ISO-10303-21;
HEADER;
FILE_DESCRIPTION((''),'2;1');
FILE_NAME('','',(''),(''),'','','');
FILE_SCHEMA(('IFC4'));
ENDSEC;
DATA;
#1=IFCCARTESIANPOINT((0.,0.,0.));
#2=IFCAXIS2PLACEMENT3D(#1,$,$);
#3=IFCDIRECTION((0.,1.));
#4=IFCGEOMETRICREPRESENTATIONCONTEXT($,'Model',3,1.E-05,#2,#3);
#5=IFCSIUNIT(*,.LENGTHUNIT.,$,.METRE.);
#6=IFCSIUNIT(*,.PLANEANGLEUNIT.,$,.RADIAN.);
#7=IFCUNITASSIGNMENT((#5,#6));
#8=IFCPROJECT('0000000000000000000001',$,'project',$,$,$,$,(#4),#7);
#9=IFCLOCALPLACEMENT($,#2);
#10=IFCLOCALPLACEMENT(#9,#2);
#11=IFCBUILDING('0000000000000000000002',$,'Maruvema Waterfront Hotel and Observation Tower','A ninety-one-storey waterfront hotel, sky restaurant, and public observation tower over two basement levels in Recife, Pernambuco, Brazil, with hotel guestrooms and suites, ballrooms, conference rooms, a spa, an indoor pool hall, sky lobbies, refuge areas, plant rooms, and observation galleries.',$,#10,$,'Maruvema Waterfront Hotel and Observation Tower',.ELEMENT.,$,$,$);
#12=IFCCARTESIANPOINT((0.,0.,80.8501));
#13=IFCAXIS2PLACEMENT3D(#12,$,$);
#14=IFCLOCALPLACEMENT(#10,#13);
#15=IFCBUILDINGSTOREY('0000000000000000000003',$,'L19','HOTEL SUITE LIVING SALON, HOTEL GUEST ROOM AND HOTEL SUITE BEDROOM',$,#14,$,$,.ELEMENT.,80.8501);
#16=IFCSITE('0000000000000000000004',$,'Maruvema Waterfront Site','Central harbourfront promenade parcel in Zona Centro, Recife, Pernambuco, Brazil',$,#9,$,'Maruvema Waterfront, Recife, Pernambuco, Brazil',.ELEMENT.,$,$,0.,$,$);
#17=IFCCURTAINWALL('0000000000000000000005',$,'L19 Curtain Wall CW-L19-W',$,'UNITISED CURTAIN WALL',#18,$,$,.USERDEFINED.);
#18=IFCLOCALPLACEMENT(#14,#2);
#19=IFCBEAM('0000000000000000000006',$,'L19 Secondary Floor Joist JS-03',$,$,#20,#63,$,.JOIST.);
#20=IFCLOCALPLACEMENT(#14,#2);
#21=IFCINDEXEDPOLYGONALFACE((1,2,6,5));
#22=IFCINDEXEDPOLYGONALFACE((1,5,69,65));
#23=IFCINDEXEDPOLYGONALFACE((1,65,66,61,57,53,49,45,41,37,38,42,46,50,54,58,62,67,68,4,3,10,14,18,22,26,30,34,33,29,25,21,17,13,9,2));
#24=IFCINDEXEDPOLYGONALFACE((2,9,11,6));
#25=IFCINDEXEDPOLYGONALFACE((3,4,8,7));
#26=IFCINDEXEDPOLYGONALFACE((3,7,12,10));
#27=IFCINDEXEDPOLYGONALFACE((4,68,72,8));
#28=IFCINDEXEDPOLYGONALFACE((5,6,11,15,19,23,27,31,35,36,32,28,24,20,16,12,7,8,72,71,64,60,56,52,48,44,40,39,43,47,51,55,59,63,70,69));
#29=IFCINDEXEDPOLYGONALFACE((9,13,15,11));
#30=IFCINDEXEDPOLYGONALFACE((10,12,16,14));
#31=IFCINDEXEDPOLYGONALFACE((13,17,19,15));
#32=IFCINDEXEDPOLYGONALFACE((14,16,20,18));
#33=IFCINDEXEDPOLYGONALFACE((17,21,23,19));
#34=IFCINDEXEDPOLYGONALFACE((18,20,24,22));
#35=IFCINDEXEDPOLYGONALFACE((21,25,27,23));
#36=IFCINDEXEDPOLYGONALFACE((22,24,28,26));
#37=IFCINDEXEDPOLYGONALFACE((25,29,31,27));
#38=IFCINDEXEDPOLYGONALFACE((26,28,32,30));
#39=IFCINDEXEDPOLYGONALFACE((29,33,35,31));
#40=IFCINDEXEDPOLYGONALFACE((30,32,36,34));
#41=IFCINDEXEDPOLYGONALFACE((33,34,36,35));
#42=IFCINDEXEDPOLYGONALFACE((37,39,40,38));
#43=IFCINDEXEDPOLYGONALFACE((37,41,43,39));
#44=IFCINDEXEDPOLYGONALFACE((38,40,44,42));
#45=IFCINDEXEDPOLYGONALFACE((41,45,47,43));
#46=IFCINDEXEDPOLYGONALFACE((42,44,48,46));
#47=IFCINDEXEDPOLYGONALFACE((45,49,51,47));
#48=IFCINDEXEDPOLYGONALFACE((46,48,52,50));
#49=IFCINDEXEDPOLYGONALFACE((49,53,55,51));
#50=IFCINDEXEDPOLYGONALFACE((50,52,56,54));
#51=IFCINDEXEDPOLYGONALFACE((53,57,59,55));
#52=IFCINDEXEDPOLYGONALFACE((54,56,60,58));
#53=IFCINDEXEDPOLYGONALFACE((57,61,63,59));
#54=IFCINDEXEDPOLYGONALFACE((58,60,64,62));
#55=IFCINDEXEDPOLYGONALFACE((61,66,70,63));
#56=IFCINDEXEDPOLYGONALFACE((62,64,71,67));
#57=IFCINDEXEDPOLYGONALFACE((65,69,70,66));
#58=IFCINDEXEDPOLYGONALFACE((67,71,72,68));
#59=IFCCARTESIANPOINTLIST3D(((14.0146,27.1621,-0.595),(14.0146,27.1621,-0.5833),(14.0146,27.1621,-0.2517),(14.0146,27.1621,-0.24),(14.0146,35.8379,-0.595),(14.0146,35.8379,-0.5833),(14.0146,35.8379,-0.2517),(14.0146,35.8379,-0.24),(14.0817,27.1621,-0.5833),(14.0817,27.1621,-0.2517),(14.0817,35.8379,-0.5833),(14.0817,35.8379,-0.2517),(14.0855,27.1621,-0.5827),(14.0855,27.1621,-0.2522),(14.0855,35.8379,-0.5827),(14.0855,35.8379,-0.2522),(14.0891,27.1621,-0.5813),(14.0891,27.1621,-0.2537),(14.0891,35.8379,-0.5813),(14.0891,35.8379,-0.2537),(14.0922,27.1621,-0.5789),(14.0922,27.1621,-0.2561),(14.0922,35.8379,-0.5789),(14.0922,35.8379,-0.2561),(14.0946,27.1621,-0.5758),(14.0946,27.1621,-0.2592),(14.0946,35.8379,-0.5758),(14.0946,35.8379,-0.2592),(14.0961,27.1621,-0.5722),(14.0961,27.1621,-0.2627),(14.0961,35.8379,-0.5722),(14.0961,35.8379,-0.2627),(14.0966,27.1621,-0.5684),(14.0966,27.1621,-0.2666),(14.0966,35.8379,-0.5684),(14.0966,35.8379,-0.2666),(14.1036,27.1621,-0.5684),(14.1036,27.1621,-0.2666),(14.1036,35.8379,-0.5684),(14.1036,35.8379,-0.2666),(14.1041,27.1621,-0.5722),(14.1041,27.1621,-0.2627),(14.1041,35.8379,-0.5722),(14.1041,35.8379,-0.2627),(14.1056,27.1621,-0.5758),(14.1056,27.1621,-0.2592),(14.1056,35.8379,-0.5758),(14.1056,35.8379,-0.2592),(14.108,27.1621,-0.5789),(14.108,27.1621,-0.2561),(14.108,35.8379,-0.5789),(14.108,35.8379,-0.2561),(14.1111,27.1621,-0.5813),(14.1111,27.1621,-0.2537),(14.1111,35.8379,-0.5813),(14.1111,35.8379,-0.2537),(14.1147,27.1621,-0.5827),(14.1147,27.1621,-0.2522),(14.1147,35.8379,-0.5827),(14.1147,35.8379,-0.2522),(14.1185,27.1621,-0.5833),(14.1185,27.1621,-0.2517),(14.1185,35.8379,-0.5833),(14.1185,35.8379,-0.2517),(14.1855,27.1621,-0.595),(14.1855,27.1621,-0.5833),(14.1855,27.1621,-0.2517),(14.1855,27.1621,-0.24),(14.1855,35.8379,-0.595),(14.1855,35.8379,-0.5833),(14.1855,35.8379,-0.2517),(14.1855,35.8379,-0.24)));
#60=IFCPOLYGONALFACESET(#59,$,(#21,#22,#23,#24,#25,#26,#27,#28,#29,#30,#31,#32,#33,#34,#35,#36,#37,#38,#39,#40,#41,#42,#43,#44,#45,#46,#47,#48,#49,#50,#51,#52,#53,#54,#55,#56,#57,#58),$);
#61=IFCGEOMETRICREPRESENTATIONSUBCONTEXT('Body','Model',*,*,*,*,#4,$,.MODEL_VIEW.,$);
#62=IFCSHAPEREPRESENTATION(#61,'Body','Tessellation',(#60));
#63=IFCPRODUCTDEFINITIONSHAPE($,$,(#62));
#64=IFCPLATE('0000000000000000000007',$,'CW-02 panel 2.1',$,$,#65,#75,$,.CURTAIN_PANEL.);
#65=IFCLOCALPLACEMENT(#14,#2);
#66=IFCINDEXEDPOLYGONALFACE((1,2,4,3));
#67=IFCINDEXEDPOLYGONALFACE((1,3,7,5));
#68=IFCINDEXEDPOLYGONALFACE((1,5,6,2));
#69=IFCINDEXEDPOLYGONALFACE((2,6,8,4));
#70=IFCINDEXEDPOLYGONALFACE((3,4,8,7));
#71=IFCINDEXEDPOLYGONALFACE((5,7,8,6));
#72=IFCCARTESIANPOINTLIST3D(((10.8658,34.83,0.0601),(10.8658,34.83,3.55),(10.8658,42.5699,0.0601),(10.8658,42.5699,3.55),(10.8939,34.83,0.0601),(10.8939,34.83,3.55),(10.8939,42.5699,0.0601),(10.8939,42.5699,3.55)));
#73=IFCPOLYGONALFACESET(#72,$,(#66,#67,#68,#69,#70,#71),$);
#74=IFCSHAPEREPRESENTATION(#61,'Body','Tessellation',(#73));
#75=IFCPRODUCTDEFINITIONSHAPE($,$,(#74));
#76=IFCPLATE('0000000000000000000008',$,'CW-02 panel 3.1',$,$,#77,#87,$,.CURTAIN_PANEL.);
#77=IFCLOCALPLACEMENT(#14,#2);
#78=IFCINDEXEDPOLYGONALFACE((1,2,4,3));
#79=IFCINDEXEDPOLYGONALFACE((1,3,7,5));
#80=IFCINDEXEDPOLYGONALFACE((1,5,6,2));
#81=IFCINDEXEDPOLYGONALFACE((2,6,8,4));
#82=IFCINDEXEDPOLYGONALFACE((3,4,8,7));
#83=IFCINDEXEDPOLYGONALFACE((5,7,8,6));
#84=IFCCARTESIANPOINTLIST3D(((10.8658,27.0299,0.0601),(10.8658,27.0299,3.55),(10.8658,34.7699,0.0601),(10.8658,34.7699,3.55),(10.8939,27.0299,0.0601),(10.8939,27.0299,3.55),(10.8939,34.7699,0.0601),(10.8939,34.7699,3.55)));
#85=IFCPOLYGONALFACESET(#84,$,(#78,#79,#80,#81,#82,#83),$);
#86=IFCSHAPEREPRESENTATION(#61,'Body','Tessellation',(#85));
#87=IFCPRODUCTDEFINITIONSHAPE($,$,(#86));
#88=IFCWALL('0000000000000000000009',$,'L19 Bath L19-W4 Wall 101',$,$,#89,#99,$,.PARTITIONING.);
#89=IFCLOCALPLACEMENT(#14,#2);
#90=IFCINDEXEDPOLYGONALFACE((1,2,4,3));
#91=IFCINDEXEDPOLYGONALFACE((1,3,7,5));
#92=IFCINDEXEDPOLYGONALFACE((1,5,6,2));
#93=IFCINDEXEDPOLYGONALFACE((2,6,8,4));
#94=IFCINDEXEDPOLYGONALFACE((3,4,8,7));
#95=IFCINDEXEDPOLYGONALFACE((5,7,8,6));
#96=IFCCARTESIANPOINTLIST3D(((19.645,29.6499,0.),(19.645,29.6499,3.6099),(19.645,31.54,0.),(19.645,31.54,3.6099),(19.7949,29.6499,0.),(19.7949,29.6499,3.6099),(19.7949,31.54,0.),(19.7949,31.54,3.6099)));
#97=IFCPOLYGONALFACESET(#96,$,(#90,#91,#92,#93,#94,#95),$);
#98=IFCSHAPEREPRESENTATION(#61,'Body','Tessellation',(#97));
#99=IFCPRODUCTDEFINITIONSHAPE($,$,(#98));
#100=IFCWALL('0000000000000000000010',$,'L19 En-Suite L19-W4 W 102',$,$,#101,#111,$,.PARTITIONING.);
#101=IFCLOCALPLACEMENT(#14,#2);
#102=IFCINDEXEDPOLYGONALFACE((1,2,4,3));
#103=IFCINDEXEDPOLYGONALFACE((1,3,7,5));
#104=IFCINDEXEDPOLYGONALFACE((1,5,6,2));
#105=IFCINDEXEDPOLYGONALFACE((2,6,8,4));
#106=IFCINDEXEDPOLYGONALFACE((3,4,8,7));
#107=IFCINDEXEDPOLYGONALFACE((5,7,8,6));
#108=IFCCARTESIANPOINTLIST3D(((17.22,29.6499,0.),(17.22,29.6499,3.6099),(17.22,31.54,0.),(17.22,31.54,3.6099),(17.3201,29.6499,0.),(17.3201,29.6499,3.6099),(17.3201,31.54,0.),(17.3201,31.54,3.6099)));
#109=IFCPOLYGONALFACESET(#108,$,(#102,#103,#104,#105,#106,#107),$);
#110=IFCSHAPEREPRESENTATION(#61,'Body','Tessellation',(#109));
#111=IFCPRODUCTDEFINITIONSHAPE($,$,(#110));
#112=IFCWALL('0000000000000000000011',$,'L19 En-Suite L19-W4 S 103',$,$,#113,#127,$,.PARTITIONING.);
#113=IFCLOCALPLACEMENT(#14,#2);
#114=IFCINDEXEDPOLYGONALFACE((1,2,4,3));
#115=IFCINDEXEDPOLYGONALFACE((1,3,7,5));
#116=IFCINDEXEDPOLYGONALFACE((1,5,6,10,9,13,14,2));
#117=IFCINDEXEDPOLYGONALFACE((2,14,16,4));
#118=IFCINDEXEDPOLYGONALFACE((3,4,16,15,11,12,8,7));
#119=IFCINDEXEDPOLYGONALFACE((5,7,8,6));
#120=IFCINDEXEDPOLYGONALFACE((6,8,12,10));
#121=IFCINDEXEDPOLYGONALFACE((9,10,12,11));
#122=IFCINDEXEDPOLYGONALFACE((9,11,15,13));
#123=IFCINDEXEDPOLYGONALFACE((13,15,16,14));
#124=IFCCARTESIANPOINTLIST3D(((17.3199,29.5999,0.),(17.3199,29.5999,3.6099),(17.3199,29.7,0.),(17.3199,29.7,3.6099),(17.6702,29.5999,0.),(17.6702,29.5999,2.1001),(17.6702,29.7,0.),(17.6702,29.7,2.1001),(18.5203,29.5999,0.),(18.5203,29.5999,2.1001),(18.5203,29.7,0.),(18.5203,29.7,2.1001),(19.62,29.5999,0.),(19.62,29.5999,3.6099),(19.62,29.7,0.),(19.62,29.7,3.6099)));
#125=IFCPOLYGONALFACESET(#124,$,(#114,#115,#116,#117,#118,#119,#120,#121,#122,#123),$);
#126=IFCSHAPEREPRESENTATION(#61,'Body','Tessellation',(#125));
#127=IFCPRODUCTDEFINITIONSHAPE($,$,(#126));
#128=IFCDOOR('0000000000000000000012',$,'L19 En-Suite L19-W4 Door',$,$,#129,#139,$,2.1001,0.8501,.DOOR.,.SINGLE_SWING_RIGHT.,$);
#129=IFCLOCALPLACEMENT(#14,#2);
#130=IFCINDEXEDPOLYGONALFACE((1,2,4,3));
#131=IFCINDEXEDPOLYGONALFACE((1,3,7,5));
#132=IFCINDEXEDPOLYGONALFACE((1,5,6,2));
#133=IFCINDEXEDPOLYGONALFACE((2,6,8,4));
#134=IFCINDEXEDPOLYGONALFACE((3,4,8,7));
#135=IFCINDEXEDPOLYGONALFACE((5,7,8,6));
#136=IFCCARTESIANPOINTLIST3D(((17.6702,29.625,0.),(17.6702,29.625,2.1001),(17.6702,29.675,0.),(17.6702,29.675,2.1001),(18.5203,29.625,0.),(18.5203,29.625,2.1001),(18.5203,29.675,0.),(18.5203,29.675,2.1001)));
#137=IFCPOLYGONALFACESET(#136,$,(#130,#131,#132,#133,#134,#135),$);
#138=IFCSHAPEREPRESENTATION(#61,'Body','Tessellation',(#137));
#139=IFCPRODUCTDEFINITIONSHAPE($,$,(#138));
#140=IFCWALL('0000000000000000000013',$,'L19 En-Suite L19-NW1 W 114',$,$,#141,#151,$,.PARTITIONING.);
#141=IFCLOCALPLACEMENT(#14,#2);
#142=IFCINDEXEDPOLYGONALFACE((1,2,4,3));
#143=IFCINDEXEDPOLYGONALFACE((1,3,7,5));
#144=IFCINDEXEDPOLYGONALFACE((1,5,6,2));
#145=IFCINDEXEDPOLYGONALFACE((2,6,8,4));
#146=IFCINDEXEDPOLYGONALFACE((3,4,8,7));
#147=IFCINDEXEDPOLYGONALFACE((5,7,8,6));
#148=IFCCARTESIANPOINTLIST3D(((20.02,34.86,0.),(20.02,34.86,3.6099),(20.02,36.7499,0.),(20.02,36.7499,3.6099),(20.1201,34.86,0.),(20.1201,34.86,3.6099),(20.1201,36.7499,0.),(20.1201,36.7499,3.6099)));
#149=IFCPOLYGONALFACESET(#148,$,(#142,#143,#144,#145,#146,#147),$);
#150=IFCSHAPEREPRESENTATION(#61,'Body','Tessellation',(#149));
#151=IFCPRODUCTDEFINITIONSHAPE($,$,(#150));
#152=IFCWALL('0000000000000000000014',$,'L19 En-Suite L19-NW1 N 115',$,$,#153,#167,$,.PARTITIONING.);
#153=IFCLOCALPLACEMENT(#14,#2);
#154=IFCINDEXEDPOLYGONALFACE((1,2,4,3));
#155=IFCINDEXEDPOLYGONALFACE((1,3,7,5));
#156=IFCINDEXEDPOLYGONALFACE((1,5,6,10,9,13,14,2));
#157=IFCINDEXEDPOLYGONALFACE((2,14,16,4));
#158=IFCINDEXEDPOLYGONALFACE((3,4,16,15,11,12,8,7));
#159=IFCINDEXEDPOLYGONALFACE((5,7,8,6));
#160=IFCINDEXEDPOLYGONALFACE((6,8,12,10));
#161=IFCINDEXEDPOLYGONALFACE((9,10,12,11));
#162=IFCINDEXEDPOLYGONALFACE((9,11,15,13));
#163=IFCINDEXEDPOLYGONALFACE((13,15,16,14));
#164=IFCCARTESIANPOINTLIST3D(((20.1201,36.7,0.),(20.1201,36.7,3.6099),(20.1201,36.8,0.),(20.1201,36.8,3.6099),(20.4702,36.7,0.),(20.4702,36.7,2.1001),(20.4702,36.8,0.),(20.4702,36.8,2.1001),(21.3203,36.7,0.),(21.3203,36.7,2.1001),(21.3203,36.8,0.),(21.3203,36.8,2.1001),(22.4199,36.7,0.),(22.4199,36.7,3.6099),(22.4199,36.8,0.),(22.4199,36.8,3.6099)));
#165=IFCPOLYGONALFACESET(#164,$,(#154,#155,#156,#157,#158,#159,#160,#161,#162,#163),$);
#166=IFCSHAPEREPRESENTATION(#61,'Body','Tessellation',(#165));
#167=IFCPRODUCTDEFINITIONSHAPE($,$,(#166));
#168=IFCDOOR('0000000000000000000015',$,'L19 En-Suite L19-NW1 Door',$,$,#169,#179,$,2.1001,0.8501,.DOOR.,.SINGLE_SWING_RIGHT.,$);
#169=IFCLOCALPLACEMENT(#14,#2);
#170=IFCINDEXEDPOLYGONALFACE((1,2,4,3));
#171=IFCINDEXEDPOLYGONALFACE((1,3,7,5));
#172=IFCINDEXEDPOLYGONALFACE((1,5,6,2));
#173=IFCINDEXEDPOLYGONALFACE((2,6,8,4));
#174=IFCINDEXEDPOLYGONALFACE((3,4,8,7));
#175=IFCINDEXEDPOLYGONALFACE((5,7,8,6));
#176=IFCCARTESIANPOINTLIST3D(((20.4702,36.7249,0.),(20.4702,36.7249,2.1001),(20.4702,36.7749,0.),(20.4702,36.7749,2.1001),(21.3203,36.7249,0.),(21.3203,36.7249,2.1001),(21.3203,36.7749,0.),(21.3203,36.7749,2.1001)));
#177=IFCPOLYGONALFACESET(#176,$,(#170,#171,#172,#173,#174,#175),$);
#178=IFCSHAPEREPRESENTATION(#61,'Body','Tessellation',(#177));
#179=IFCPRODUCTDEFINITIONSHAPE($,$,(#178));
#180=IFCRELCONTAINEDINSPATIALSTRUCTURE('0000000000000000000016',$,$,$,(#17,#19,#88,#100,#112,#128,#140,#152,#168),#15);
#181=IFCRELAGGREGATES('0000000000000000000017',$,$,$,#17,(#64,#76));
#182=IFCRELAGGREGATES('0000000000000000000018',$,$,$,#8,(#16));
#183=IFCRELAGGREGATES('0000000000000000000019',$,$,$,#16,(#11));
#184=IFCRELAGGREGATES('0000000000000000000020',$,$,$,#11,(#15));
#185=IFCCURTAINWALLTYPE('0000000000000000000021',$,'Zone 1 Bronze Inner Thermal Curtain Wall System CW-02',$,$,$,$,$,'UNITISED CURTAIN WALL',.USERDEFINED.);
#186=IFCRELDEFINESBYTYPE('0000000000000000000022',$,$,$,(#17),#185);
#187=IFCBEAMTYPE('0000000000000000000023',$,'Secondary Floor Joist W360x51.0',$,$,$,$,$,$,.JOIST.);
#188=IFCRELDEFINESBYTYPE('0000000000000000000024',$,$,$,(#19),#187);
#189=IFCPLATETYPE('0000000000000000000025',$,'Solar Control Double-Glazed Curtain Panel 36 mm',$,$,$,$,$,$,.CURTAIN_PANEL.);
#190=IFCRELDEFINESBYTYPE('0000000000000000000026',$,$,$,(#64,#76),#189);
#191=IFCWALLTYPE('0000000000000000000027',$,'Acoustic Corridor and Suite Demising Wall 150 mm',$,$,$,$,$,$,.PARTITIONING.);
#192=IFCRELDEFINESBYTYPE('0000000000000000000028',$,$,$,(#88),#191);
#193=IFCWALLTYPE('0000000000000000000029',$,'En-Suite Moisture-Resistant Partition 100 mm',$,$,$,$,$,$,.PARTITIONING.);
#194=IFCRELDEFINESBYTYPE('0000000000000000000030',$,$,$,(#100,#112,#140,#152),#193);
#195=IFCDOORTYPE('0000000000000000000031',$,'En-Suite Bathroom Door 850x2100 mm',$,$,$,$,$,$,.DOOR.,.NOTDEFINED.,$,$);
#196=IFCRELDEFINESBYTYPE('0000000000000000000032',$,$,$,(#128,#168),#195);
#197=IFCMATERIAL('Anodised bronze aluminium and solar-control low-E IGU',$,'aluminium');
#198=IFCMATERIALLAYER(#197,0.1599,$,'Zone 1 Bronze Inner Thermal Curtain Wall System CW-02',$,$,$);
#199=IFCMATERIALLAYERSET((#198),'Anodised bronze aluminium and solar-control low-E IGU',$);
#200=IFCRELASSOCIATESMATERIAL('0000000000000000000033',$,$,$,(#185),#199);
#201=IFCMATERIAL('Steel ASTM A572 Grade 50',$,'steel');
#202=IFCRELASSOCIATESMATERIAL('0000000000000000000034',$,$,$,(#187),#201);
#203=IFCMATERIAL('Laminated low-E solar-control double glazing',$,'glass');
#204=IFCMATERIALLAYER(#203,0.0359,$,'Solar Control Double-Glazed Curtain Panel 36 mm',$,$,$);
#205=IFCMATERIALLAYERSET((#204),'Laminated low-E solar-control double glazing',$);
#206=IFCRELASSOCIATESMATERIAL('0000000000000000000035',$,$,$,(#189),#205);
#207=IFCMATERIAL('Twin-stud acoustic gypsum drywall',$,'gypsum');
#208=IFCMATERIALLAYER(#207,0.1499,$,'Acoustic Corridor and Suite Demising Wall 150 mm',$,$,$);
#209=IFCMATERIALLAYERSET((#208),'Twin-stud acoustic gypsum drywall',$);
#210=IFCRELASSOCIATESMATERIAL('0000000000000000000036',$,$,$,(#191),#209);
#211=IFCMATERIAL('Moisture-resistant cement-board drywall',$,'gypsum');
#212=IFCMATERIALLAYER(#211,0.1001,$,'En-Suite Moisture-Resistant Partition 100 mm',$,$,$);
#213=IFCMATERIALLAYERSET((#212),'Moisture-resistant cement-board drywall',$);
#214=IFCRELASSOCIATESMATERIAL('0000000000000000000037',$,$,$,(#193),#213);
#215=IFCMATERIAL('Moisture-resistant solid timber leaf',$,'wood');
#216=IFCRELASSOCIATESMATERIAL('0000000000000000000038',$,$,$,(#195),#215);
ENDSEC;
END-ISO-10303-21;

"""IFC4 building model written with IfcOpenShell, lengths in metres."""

from ifc_helpers import new_model, si_unit, direction, frame, frame_2d, origin, origin_2d, place, context, subcontext, project, spatial, rectangle, i_section, extrude, material, layer, layer_set, material_profile, profile_set, type_object, element, fill, aggregate, save


model = new_model("IFC4")

# Units and contexts
model_context = context("Model", 3, precision=1e-05, world=origin(), true_north=direction((0.0, 1.0)))
body_context = subcontext(model_context, "Body", "Model", "MODEL_VIEW")
ifc_project = project(units=[si_unit("LENGTHUNIT", "METRE"), si_unit("PLANEANGLEUNIT", "RADIAN")], contexts=[model_context])

# Site, building, storey
site_placement = place(None, origin())
site = spatial("IfcSite", under=ifc_project, at=site_placement, Name="Maruvema Waterfront Site", Description="Central harbourfront promenade parcel in Zona Centro, Recife, Pernambuco, Brazil", LongName="Maruvema Waterfront, Recife, Pernambuco, Brazil", CompositionType="ELEMENT", RefElevation=0.0)
building_placement = place(site_placement, origin())
building = spatial("IfcBuilding", under=site, at=building_placement, Name="Maruvema Waterfront Hotel and Observation Tower", Description="A ninety-one-storey waterfront hotel, sky restaurant, and public observation tower over two basement levels in Recife, Pernambuco, Brazil, with hotel guestrooms and suites, ballrooms, conference rooms, a spa, an indoor pool hall, sky lobbies, refuge areas, plant rooms, and observation galleries.", LongName="Maruvema Waterfront Hotel and Observation Tower", CompositionType="ELEMENT")
storey_placement = place(building_placement, frame((0.0, 0.0, 80.8501)))
storey = spatial("IfcBuildingStorey", under=building, at=storey_placement, Name="L19", Description="HOTEL SUITE LIVING SALON, HOTEL GUEST ROOM AND HOTEL SUITE BEDROOM", CompositionType="ELEMENT", Elevation=80.8501)

# Curtain wall
ifc_material_1 = material(Name="Anodised bronze aluminium and solar-control low-E IGU", Category="aluminium")
ifc_layer_1 = layer(ifc_material_1, 0.1599, Name="Zone 1 Bronze Inner Thermal Curtain Wall System CW-02")
ifc_layer_set_1 = layer_set([ifc_layer_1], Name="Anodised bronze aluminium and solar-control low-E IGU")
curtain_wall_type = type_object("IfcCurtainWallType", Name="Zone 1 Bronze Inner Thermal Curtain Wall System CW-02", ElementType="UNITISED CURTAIN WALL", PredefinedType="USERDEFINED", material=ifc_layer_set_1)
curtain_wall_placement = place(storey_placement, origin())
curtain_wall = element("IfcCurtainWall", 1, at=curtain_wall_placement, inside=storey, type_object=curtain_wall_type, Name="L19 Curtain Wall CW-L19-W", ObjectType="UNITISED CURTAIN WALL", PredefinedType="USERDEFINED")

# Beam
ifc_material_2 = material(Name="Steel ASTM A572 Grade 50", Category="steel")
ifc_material_profile_1 = material_profile(ifc_material_2, i_section(OverallWidth=0.1709, OverallDepth=0.355, WebThickness=0.0071, FlangeThickness=0.0117, FilletRadius=0.0149, at=origin_2d()), Name="W360x51.0")
ifc_profile_set_1 = profile_set([ifc_material_profile_1], Name="Steel ASTM A572 Grade 50")
beam_type_1 = type_object("IfcBeamType", Name="Secondary Floor Joist W360x51.0", PredefinedType="JOIST", material=ifc_profile_set_1)
beam_1_placement = place(storey_placement, frame((14.1001, 27.1621, -0.4175), z_axis=(0.0, 1.0, 0.0), x_axis=(-1.0, 0.0, 0.0)))
element("IfcBeam", 2, at=beam_1_placement, inside=storey, type_object=beam_type_1, Name="L19 Secondary Floor Joist JS-03", PredefinedType="JOIST", context=body_context, shape_type="SweptSolid", body=[
    extrude(i_section(OverallWidth=0.1709, OverallDepth=0.355, WebThickness=0.0071, FlangeThickness=0.0117, FilletRadius=0.0149, at=origin_2d()), origin(), (0.0, 0.0, 1.0), 8.6758),
])

# Plates
ifc_material_3 = material(Name="Laminated low-E solar-control double glazing", Category="glass")
ifc_layer_2 = layer(ifc_material_3, 0.0359, Name="Solar Control Double-Glazed Curtain Panel 36 mm")
ifc_layer_set_2 = layer_set([ifc_layer_2], Name="Laminated low-E solar-control double glazing")
plate_type = type_object("IfcPlateType", Name="Solar Control Double-Glazed Curtain Panel 36 mm", PredefinedType="CURTAIN_PANEL", material=ifc_layer_set_2)
plate_1_placement = place(storey_placement, frame((10.8799, 38.7, 0.0601), z_axis=(0.0, 0.0, 1.0), x_axis=(0.0, -1.0, 0.0)))
plate_1 = element("IfcPlate", 3, at=plate_1_placement, type_object=plate_type, Name="CW-02 panel 2.1", PredefinedType="CURTAIN_PANEL", context=body_context, shape_type="SweptSolid", body=[
    extrude(rectangle(XDim=7.74, YDim=0.0281, at=origin_2d()), origin(), (0.0, 0.0, 1.0), 3.49),
])
plate_2_placement = place(storey_placement, frame((10.8799, 30.8999, 0.0601), z_axis=(0.0, 0.0, 1.0), x_axis=(0.0, -1.0, 0.0)))
plate_2 = element("IfcPlate", 4, at=plate_2_placement, type_object=plate_type, Name="CW-02 panel 3.1", PredefinedType="CURTAIN_PANEL", context=body_context, shape_type="SweptSolid", body=[
    extrude(rectangle(XDim=7.74, YDim=0.0281, at=origin_2d()), origin(), (0.0, 0.0, 1.0), 3.49),
])
aggregate(curtain_wall, [plate_1, plate_2])

# Shared definitions
ifc_material_4 = material(Name="Twin-stud acoustic gypsum drywall", Category="gypsum")
ifc_layer_3 = layer(ifc_material_4, 0.1499, Name="Acoustic Corridor and Suite Demising Wall 150 mm")
ifc_layer_set_3 = layer_set([ifc_layer_3], Name="Twin-stud acoustic gypsum drywall")
wall_type_1 = type_object("IfcWallType", Name="Acoustic Corridor and Suite Demising Wall 150 mm", PredefinedType="PARTITIONING", material=ifc_layer_set_3)

# Walls
wall_1_placement = place(storey_placement, frame((19.72, 29.6499, 0.0), z_axis=(0.0, 0.0, 1.0), x_axis=(0.0, 1.0, 0.0)))
element("IfcWall", 5, at=wall_1_placement, inside=storey, type_object=wall_type_1, Name="L19 Bath L19-W4 Wall 101", PredefinedType="PARTITIONING", context=body_context, shape_type="SweptSolid", body=[
    extrude(rectangle(XDim=1.8901, YDim=0.1499, at=frame_2d((0.9451, 0.0))), origin(), (0.0, 0.0, 1.0), 3.6099),
])
ifc_material_5 = material(Name="Moisture-resistant cement-board drywall", Category="gypsum")
ifc_layer_4 = layer(ifc_material_5, 0.1001, Name="En-Suite Moisture-Resistant Partition 100 mm")
ifc_layer_set_4 = layer_set([ifc_layer_4], Name="Moisture-resistant cement-board drywall")
wall_type_2 = type_object("IfcWallType", Name="En-Suite Moisture-Resistant Partition 100 mm", PredefinedType="PARTITIONING", material=ifc_layer_set_4)
wall_2_placement = place(storey_placement, frame((17.27, 29.6499, 0.0), z_axis=(0.0, 0.0, 1.0), x_axis=(0.0, 1.0, 0.0)))
element("IfcWall", 6, at=wall_2_placement, inside=storey, type_object=wall_type_2, Name="L19 En-Suite L19-W4 W 102", PredefinedType="PARTITIONING", context=body_context, shape_type="SweptSolid", body=[
    extrude(rectangle(XDim=1.8901, YDim=0.1001, at=frame_2d((0.9451, 0.0))), origin(), (0.0, 0.0, 1.0), 3.6099),
])

# Wall, opening, door
wall_3_placement = place(storey_placement, frame((17.3201, 29.6499, 0.0), z_axis=(0.0, 0.0, 1.0), x_axis=(1.0, 0.0, 0.0)))
wall_3 = element("IfcWall", 7, at=wall_3_placement, inside=storey, type_object=wall_type_2, Name="L19 En-Suite L19-W4 S 103", PredefinedType="PARTITIONING", context=body_context, shape_type="SweptSolid", body=[
    extrude(rectangle(XDim=2.3, YDim=0.1001, at=frame_2d((1.1499, 0.0))), origin(), (0.0, 0.0, 1.0), 3.6099),
])
opening_1_placement = place(wall_3_placement, frame((0.3501, 0.0, 0.0)))
opening_1 = element("IfcOpeningElement", 8, at=opening_1_placement, cuts=wall_3, PredefinedType="OPENING", context=body_context, shape_type="SweptSolid", body=[
    extrude(rectangle(XDim=0.8501, YDim=2.1001, at=frame_2d((0.425, 1.05))), frame((0.0, 0.0601, 0.0), z_axis=(0.0, -1.0, 0.0), x_axis=(1.0, 0.0, 0.0)), (0.0, 0.0, 1.0), 0.1201),
])
ifc_material_6 = material(Name="Moisture-resistant solid timber leaf", Category="wood")
door_type_1 = type_object("IfcDoorType", Name="En-Suite Bathroom Door 850x2100 mm", OperationType="NOTDEFINED", PredefinedType="DOOR", material=ifc_material_6)
door_1_placement = place(opening_1_placement, frame((0.8501, 0.0, 0.0), z_axis=(0.0, 0.0, 1.0), x_axis=(-1.0, 0.0, 0.0)))
door_1 = element("IfcDoor", 9, at=door_1_placement, inside=storey, type_object=door_type_1, Name="L19 En-Suite L19-W4 Door", OperationType="SINGLE_SWING_RIGHT", OverallHeight=2.1001, OverallWidth=0.8501, PredefinedType="DOOR", context=body_context, shape_type="SweptSolid", body=[
    extrude(rectangle(XDim=0.8501, YDim=2.1001, at=frame_2d((0.425, 1.05))), frame((0.0, 0.0249, 0.0), z_axis=(0.0, -1.0, 0.0), x_axis=(1.0, 0.0, 0.0)), (0.0, 0.0, 1.0), 0.05),
])
fill(opening_1, door_1)

# Wall
wall_4_placement = place(storey_placement, frame((20.0701, 34.8601, 0.0), z_axis=(0.0, 0.0, 1.0), x_axis=(0.0, 1.0, 0.0)))
element("IfcWall", 10, at=wall_4_placement, inside=storey, type_object=wall_type_2, Name="L19 En-Suite L19-NW1 W 114", PredefinedType="PARTITIONING", context=body_context, shape_type="SweptSolid", body=[
    extrude(rectangle(XDim=1.8899, YDim=0.1001, at=frame_2d((0.9448, 0.0))), origin(), (0.0, 0.0, 1.0), 3.6099),
])

# Wall, opening, door
wall_5_placement = place(storey_placement, frame((20.1201, 36.75, 0.0), z_axis=(0.0, 0.0, 1.0), x_axis=(1.0, 0.0, 0.0)))
wall_5 = element("IfcWall", 11, at=wall_5_placement, inside=storey, type_object=wall_type_2, Name="L19 En-Suite L19-NW1 N 115", PredefinedType="PARTITIONING", context=body_context, shape_type="SweptSolid", body=[
    extrude(rectangle(XDim=2.2998, YDim=0.1001, at=frame_2d((1.1499, 0.0))), origin(), (0.0, 0.0, 1.0), 3.6099),
])
opening_2_placement = place(wall_5_placement, frame((0.3501, 0.0, 0.0)))
opening_2 = element("IfcOpeningElement", 12, at=opening_2_placement, cuts=wall_5, PredefinedType="OPENING", context=body_context, shape_type="SweptSolid", body=[
    extrude(rectangle(XDim=0.8501, YDim=2.1001, at=frame_2d((0.425, 1.05))), frame((0.0, 0.0601, 0.0), z_axis=(0.0, -1.0, 0.0), x_axis=(1.0, 0.0, 0.0)), (0.0, 0.0, 1.0), 0.1201),
])
door_2_placement = place(opening_2_placement, origin())
door_2 = element("IfcDoor", 13, at=door_2_placement, inside=storey, type_object=door_type_1, Name="L19 En-Suite L19-NW1 Door", OperationType="SINGLE_SWING_RIGHT", OverallHeight=2.1001, OverallWidth=0.8501, PredefinedType="DOOR", context=body_context, shape_type="SweptSolid", body=[
    extrude(rectangle(XDim=0.8501, YDim=2.1001, at=frame_2d((0.425, 1.05))), frame((0.0, 0.0249, 0.0), z_axis=(0.0, -1.0, 0.0), x_axis=(1.0, 0.0, 0.0)), (0.0, 0.0, 1.0), 0.05),
])
fill(opening_2, door_2)

save(model, "model.ifc")
